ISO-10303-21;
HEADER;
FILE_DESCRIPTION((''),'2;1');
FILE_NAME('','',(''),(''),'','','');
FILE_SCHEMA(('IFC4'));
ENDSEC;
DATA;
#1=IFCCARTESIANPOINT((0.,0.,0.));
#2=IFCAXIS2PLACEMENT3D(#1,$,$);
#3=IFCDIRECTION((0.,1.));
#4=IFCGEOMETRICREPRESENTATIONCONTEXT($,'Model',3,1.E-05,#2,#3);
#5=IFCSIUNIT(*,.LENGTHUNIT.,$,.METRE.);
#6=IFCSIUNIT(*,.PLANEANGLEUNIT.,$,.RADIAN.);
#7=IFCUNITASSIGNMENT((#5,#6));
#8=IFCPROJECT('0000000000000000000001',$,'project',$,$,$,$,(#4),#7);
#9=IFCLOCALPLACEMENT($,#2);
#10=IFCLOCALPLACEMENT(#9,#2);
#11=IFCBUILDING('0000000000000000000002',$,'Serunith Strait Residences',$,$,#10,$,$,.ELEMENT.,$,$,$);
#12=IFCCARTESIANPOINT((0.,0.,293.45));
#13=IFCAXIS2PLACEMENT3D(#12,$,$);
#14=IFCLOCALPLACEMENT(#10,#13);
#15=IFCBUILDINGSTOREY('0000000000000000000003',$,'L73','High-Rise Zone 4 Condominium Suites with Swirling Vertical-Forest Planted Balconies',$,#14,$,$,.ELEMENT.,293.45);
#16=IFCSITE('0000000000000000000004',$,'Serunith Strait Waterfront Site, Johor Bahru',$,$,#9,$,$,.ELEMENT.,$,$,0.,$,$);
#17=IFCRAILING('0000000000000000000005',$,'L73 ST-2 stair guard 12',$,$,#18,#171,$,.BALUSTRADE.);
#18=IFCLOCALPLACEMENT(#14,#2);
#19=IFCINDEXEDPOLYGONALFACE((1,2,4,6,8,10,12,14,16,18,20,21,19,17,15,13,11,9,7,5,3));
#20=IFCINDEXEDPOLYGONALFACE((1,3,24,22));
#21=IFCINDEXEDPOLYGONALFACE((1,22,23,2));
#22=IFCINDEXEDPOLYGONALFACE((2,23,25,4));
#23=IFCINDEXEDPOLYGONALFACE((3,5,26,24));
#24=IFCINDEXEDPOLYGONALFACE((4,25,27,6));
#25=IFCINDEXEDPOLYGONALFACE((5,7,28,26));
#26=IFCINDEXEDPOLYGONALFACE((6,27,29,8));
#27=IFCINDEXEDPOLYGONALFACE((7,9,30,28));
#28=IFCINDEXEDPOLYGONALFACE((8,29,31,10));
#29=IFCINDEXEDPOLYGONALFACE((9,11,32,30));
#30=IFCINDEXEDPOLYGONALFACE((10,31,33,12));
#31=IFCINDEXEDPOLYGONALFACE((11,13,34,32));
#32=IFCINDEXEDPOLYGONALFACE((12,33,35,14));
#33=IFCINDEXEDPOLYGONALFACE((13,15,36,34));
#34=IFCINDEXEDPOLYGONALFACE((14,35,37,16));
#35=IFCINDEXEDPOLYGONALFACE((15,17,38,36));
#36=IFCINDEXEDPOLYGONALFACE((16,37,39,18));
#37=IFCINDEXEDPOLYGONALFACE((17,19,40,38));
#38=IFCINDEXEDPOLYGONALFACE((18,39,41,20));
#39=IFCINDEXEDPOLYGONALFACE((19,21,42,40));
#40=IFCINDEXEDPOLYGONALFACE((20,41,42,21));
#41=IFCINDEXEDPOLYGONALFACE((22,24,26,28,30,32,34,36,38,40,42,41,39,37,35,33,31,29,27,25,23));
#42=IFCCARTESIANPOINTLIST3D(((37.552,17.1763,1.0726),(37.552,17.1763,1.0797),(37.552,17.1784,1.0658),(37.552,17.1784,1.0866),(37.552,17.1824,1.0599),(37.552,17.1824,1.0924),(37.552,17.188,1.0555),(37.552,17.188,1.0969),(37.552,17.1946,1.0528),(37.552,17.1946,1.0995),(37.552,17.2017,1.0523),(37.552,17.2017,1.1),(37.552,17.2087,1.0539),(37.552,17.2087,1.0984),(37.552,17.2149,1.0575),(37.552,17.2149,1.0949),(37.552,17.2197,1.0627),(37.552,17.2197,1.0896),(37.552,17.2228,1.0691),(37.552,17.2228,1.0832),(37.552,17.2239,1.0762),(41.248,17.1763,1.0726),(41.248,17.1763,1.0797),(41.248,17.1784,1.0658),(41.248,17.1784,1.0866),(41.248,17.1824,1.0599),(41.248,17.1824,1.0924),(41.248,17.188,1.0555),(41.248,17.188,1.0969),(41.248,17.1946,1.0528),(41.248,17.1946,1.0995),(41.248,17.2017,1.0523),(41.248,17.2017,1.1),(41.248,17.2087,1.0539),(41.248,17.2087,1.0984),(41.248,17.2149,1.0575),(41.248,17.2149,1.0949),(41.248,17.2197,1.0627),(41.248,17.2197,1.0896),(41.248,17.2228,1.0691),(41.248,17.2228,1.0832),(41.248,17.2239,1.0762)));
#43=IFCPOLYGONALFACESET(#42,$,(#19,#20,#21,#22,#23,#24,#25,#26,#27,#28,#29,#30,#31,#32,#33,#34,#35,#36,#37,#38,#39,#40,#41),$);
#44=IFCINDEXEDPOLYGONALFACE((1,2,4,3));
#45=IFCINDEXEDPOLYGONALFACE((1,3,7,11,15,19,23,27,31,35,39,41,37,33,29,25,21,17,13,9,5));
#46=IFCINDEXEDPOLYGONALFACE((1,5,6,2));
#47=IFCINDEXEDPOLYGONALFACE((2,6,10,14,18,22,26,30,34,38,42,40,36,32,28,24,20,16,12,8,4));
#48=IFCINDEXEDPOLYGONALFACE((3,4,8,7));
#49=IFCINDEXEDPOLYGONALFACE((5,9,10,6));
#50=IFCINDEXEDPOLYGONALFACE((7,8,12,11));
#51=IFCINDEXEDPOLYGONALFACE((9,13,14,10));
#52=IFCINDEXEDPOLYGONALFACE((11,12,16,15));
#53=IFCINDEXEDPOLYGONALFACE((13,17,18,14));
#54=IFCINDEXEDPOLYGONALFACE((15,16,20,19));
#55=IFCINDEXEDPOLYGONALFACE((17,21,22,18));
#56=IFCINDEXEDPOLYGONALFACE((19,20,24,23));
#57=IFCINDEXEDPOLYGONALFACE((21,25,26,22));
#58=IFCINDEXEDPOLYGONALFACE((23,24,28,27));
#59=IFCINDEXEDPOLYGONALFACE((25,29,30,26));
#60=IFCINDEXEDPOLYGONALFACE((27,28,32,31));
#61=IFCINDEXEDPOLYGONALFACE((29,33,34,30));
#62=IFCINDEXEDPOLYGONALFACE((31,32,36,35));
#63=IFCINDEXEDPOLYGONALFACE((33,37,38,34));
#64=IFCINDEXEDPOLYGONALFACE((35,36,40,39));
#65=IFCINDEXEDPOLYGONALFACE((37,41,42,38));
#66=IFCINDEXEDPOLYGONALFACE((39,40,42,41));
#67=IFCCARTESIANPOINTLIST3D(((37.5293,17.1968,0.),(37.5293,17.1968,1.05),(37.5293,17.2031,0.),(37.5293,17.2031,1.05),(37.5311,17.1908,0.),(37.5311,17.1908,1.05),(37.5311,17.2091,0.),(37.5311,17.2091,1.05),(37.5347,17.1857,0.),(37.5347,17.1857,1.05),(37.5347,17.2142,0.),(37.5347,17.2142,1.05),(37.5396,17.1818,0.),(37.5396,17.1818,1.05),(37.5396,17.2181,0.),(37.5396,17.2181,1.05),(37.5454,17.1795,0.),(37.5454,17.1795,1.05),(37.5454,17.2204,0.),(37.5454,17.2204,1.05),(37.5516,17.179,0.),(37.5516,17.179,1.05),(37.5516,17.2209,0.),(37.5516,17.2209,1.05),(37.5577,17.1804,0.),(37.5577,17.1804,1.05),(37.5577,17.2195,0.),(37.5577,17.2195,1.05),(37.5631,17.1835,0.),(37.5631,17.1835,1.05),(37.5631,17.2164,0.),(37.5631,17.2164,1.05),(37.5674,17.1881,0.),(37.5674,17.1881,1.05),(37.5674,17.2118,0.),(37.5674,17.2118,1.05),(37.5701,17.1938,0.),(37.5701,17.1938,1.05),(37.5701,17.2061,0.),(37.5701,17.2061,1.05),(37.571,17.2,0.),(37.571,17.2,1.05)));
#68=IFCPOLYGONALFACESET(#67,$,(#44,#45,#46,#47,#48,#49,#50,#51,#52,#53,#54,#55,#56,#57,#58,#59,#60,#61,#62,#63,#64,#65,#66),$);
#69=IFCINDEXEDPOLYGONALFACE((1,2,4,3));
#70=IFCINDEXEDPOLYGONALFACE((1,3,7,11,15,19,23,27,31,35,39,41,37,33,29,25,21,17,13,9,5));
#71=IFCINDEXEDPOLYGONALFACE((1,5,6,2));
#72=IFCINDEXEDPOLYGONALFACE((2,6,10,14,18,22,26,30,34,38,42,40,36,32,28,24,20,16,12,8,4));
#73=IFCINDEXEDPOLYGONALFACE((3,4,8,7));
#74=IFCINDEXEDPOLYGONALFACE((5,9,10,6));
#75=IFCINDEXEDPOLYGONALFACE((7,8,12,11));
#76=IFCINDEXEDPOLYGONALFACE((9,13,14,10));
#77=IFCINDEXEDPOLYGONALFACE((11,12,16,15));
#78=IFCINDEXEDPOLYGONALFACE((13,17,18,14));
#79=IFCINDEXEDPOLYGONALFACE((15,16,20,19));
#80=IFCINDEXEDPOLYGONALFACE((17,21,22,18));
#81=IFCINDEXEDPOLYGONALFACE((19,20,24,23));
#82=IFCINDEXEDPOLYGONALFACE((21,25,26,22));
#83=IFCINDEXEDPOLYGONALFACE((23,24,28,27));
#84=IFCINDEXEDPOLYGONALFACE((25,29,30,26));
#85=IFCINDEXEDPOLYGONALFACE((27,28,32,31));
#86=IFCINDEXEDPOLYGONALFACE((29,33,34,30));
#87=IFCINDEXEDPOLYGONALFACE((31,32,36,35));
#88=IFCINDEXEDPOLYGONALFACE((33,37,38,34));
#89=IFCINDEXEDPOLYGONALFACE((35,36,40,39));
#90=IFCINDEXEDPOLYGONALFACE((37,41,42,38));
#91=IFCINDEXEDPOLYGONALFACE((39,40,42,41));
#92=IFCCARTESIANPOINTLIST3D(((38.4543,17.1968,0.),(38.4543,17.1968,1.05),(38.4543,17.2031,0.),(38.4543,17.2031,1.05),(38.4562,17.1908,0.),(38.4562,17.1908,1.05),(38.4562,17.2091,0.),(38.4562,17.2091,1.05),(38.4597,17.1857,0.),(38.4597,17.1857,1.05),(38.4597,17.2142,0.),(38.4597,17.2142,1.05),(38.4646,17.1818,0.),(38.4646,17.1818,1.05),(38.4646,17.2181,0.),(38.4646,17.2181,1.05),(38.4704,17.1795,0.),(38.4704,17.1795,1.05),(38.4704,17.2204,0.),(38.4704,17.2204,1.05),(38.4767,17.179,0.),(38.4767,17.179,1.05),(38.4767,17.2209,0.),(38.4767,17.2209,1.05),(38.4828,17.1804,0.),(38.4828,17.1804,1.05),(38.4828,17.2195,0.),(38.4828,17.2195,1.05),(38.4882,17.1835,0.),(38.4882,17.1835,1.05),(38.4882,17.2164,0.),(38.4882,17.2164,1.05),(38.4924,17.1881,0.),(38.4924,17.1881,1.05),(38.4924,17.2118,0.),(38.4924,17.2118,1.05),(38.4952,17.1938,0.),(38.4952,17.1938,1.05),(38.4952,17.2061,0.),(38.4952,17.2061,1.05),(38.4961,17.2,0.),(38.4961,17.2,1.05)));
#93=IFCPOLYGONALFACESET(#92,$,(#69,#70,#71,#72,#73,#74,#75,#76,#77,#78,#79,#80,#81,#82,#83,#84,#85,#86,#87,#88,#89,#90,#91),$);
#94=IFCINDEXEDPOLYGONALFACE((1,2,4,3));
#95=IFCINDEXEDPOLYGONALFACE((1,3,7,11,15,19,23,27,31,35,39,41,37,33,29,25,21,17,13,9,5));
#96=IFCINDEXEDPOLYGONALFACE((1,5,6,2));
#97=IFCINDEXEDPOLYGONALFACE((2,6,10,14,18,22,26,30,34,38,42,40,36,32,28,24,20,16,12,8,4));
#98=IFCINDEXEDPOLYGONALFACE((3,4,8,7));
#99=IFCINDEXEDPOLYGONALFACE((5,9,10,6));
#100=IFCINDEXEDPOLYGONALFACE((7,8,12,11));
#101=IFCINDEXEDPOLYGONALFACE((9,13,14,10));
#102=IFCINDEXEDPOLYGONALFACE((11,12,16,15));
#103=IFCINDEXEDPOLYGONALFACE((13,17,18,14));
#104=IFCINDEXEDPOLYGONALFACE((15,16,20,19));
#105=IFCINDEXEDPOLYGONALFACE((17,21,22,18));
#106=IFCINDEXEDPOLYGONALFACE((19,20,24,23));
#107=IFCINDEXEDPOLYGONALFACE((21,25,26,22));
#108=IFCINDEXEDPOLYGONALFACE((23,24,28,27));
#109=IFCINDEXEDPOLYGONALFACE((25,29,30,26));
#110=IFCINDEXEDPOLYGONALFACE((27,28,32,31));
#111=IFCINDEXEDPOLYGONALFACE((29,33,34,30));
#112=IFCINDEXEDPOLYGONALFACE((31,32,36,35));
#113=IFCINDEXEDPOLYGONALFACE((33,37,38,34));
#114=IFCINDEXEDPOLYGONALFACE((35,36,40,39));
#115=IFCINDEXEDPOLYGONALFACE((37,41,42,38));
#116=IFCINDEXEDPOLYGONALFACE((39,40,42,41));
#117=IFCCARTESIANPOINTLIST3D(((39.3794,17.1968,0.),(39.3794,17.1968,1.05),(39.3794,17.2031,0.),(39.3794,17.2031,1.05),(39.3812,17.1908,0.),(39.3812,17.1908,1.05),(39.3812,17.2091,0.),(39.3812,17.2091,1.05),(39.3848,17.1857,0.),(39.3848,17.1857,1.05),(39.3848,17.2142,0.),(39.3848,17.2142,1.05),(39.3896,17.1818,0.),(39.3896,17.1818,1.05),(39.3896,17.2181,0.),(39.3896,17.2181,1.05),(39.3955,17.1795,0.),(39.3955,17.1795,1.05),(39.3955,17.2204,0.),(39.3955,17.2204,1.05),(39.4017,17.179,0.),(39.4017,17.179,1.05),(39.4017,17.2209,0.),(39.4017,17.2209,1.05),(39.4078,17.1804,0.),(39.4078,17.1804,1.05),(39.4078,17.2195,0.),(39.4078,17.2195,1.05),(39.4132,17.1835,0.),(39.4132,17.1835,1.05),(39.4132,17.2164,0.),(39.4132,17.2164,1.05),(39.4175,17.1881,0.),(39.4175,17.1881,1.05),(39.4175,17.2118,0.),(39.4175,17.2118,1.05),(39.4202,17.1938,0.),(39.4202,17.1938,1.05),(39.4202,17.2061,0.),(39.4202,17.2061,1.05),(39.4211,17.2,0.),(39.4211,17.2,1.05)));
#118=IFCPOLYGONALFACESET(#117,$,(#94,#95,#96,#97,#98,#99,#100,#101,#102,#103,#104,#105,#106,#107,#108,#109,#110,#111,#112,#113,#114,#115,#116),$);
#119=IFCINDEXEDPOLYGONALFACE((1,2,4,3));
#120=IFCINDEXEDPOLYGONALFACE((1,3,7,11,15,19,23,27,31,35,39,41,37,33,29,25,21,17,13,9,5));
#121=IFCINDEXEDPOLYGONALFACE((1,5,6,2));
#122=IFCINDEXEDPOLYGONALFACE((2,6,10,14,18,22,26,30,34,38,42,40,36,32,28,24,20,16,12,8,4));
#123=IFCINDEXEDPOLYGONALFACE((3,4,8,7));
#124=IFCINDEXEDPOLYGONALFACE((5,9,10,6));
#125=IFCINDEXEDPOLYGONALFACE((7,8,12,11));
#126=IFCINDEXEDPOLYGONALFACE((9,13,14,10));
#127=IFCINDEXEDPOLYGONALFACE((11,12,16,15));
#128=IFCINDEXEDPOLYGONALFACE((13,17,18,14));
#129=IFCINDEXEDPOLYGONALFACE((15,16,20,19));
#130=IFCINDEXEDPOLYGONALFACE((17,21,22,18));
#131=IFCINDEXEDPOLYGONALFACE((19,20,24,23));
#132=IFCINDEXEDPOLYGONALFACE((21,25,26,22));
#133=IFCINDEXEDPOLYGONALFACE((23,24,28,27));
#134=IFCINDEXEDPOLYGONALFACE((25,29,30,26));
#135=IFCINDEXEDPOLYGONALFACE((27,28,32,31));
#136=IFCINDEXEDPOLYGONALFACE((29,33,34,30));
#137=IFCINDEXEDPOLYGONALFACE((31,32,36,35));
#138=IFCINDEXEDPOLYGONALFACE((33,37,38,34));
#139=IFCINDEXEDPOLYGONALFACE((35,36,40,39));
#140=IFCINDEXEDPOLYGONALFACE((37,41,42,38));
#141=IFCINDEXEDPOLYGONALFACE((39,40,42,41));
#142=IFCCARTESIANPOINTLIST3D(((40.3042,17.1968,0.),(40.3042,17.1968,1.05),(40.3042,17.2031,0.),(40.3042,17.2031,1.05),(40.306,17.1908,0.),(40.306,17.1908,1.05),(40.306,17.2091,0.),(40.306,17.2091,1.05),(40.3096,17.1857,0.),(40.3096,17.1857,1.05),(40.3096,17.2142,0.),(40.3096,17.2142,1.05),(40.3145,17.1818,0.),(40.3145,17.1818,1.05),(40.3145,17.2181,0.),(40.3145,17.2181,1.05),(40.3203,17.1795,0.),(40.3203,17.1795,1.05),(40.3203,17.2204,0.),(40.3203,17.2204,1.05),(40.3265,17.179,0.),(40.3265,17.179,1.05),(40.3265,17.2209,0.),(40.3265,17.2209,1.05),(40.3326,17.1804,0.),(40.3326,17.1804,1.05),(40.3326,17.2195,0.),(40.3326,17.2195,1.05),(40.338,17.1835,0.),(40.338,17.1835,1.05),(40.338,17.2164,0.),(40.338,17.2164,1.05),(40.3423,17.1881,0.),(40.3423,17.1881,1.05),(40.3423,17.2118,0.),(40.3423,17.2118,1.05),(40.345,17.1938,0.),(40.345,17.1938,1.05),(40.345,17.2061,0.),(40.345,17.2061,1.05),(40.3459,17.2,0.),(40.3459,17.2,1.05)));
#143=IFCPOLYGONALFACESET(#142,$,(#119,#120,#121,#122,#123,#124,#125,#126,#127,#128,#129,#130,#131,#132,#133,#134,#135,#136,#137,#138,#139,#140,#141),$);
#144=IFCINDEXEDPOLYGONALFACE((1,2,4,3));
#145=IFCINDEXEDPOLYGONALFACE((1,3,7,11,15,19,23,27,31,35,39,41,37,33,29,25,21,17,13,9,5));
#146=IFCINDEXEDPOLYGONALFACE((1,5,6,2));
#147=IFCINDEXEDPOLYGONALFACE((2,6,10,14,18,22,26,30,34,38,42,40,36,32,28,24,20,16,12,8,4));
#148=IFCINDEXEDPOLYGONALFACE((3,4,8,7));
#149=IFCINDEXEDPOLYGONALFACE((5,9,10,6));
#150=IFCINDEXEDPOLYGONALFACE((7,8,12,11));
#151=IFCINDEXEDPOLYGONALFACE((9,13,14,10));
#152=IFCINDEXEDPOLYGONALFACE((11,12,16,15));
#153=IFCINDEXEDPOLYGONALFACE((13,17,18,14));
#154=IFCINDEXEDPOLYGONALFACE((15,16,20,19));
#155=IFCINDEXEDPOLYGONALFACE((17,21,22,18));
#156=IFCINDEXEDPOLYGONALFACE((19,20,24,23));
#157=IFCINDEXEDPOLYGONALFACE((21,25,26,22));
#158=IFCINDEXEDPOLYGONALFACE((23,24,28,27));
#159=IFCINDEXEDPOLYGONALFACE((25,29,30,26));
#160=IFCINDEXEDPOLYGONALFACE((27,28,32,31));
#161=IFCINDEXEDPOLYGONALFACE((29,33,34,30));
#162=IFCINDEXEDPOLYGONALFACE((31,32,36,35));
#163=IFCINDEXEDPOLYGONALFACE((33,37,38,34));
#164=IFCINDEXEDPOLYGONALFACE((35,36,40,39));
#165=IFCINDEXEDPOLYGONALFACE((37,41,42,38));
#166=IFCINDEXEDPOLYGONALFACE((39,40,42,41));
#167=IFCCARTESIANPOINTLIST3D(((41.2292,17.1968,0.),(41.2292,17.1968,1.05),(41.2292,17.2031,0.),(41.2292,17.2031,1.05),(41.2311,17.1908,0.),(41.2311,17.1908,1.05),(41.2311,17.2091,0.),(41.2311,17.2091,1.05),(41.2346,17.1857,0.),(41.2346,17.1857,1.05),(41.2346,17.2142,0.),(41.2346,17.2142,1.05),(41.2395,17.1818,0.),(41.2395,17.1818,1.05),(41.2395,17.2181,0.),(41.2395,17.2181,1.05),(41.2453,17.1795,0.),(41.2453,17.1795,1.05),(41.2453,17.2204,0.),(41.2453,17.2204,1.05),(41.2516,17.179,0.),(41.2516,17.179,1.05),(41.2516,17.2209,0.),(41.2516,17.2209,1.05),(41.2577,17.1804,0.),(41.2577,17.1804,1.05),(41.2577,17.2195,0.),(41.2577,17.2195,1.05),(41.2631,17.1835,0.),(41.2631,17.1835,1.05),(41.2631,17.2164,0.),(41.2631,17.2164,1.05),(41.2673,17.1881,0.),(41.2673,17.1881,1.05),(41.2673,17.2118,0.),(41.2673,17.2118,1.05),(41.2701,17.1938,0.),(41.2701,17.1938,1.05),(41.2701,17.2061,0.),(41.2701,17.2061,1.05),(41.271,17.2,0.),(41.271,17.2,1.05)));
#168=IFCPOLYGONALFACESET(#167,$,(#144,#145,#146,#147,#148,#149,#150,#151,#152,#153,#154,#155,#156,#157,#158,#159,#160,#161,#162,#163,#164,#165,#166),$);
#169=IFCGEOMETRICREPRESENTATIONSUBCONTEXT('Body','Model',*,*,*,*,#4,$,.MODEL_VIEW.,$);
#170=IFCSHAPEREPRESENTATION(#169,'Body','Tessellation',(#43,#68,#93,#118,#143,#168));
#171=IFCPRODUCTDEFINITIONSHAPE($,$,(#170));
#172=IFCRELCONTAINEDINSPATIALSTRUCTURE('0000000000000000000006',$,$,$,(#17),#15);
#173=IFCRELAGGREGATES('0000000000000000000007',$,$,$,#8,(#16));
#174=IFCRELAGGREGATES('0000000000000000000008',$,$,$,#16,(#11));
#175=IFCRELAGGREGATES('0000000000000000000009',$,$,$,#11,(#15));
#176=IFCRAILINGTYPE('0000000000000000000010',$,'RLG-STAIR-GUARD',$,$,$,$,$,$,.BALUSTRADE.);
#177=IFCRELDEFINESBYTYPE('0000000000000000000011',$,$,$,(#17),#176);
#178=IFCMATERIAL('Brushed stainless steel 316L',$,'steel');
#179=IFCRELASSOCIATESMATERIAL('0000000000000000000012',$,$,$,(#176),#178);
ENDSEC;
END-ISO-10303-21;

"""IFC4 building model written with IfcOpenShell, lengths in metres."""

from ifc_helpers import new_model, si_unit, direction, frame, origin, origin_2d, place, context, subcontext, project, spatial, circle, extrude, material, type_object, element, save


model = new_model("IFC4")

# Units and contexts
model_context = context("Model", 3, precision=1e-05, world=origin(), true_north=direction((0.0, 1.0)))
body_context = subcontext(model_context, "Body", "Model", "MODEL_VIEW")
ifc_project = project(units=[si_unit("LENGTHUNIT", "METRE"), si_unit("PLANEANGLEUNIT", "RADIAN")], contexts=[model_context])

# Site, building, storey
site_placement = place(None, origin())
site = spatial("IfcSite", under=ifc_project, at=site_placement, Name="Serunith Strait Waterfront Site, Johor Bahru", CompositionType="ELEMENT", RefElevation=0.0)
building_placement = place(site_placement, origin())
building = spatial("IfcBuilding", under=site, at=building_placement, Name="Serunith Strait Residences", CompositionType="ELEMENT")
storey_placement = place(building_placement, frame((0.0, 0.0, 293.45)))
storey = spatial("IfcBuildingStorey", under=building, at=storey_placement, Name="L73", Description="High-Rise Zone 4 Condominium Suites with Swirling Vertical-Forest Planted Balconies", CompositionType="ELEMENT", Elevation=293.45)

# Railing
ifc_material_1 = material(Name="Brushed stainless steel 316L", Category="steel")
railing_type_1 = type_object("IfcRailingType", Name="RLG-STAIR-GUARD", PredefinedType="BALUSTRADE", material=ifc_material_1)
railing_1_placement = place(storey_placement, frame((37.55, 17.2, 0.0)))
element("IfcRailing", 1, at=railing_1_placement, inside=storey, type_object=railing_type_1, Name="L73 ST-2 stair guard 12", PredefinedType="BALUSTRADE", context=body_context, shape_type="SweptSolid", body=[
    extrude(circle(Radius=0.0239, at=origin_2d()), frame((0.002, 0.0, 1.0762), z_axis=(1.0, 0.0, 0.0), x_axis=(0.0, 1.0, 0.0)), (0.0, 0.0, 1.0), 3.696),
    extrude(circle(Radius=0.021, at=origin_2d()), origin(), (0.0, 0.0, 1.0), 1.05),
    extrude(circle(Radius=0.021, at=origin_2d()), frame((0.925, 0.0, 0.0)), (0.0, 0.0, 1.0), 1.05),
    extrude(circle(Radius=0.021, at=origin_2d()), frame((1.8501, 0.0, 0.0)), (0.0, 0.0, 1.0), 1.05),
    extrude(circle(Radius=0.021, at=origin_2d()), frame((2.7749, 0.0, 0.0)), (0.0, 0.0, 1.0), 1.05),
    extrude(circle(Radius=0.021, at=origin_2d()), frame((3.7, 0.0, 0.0)), (0.0, 0.0, 1.0), 1.05),
])

save(model, "model.ifc")
